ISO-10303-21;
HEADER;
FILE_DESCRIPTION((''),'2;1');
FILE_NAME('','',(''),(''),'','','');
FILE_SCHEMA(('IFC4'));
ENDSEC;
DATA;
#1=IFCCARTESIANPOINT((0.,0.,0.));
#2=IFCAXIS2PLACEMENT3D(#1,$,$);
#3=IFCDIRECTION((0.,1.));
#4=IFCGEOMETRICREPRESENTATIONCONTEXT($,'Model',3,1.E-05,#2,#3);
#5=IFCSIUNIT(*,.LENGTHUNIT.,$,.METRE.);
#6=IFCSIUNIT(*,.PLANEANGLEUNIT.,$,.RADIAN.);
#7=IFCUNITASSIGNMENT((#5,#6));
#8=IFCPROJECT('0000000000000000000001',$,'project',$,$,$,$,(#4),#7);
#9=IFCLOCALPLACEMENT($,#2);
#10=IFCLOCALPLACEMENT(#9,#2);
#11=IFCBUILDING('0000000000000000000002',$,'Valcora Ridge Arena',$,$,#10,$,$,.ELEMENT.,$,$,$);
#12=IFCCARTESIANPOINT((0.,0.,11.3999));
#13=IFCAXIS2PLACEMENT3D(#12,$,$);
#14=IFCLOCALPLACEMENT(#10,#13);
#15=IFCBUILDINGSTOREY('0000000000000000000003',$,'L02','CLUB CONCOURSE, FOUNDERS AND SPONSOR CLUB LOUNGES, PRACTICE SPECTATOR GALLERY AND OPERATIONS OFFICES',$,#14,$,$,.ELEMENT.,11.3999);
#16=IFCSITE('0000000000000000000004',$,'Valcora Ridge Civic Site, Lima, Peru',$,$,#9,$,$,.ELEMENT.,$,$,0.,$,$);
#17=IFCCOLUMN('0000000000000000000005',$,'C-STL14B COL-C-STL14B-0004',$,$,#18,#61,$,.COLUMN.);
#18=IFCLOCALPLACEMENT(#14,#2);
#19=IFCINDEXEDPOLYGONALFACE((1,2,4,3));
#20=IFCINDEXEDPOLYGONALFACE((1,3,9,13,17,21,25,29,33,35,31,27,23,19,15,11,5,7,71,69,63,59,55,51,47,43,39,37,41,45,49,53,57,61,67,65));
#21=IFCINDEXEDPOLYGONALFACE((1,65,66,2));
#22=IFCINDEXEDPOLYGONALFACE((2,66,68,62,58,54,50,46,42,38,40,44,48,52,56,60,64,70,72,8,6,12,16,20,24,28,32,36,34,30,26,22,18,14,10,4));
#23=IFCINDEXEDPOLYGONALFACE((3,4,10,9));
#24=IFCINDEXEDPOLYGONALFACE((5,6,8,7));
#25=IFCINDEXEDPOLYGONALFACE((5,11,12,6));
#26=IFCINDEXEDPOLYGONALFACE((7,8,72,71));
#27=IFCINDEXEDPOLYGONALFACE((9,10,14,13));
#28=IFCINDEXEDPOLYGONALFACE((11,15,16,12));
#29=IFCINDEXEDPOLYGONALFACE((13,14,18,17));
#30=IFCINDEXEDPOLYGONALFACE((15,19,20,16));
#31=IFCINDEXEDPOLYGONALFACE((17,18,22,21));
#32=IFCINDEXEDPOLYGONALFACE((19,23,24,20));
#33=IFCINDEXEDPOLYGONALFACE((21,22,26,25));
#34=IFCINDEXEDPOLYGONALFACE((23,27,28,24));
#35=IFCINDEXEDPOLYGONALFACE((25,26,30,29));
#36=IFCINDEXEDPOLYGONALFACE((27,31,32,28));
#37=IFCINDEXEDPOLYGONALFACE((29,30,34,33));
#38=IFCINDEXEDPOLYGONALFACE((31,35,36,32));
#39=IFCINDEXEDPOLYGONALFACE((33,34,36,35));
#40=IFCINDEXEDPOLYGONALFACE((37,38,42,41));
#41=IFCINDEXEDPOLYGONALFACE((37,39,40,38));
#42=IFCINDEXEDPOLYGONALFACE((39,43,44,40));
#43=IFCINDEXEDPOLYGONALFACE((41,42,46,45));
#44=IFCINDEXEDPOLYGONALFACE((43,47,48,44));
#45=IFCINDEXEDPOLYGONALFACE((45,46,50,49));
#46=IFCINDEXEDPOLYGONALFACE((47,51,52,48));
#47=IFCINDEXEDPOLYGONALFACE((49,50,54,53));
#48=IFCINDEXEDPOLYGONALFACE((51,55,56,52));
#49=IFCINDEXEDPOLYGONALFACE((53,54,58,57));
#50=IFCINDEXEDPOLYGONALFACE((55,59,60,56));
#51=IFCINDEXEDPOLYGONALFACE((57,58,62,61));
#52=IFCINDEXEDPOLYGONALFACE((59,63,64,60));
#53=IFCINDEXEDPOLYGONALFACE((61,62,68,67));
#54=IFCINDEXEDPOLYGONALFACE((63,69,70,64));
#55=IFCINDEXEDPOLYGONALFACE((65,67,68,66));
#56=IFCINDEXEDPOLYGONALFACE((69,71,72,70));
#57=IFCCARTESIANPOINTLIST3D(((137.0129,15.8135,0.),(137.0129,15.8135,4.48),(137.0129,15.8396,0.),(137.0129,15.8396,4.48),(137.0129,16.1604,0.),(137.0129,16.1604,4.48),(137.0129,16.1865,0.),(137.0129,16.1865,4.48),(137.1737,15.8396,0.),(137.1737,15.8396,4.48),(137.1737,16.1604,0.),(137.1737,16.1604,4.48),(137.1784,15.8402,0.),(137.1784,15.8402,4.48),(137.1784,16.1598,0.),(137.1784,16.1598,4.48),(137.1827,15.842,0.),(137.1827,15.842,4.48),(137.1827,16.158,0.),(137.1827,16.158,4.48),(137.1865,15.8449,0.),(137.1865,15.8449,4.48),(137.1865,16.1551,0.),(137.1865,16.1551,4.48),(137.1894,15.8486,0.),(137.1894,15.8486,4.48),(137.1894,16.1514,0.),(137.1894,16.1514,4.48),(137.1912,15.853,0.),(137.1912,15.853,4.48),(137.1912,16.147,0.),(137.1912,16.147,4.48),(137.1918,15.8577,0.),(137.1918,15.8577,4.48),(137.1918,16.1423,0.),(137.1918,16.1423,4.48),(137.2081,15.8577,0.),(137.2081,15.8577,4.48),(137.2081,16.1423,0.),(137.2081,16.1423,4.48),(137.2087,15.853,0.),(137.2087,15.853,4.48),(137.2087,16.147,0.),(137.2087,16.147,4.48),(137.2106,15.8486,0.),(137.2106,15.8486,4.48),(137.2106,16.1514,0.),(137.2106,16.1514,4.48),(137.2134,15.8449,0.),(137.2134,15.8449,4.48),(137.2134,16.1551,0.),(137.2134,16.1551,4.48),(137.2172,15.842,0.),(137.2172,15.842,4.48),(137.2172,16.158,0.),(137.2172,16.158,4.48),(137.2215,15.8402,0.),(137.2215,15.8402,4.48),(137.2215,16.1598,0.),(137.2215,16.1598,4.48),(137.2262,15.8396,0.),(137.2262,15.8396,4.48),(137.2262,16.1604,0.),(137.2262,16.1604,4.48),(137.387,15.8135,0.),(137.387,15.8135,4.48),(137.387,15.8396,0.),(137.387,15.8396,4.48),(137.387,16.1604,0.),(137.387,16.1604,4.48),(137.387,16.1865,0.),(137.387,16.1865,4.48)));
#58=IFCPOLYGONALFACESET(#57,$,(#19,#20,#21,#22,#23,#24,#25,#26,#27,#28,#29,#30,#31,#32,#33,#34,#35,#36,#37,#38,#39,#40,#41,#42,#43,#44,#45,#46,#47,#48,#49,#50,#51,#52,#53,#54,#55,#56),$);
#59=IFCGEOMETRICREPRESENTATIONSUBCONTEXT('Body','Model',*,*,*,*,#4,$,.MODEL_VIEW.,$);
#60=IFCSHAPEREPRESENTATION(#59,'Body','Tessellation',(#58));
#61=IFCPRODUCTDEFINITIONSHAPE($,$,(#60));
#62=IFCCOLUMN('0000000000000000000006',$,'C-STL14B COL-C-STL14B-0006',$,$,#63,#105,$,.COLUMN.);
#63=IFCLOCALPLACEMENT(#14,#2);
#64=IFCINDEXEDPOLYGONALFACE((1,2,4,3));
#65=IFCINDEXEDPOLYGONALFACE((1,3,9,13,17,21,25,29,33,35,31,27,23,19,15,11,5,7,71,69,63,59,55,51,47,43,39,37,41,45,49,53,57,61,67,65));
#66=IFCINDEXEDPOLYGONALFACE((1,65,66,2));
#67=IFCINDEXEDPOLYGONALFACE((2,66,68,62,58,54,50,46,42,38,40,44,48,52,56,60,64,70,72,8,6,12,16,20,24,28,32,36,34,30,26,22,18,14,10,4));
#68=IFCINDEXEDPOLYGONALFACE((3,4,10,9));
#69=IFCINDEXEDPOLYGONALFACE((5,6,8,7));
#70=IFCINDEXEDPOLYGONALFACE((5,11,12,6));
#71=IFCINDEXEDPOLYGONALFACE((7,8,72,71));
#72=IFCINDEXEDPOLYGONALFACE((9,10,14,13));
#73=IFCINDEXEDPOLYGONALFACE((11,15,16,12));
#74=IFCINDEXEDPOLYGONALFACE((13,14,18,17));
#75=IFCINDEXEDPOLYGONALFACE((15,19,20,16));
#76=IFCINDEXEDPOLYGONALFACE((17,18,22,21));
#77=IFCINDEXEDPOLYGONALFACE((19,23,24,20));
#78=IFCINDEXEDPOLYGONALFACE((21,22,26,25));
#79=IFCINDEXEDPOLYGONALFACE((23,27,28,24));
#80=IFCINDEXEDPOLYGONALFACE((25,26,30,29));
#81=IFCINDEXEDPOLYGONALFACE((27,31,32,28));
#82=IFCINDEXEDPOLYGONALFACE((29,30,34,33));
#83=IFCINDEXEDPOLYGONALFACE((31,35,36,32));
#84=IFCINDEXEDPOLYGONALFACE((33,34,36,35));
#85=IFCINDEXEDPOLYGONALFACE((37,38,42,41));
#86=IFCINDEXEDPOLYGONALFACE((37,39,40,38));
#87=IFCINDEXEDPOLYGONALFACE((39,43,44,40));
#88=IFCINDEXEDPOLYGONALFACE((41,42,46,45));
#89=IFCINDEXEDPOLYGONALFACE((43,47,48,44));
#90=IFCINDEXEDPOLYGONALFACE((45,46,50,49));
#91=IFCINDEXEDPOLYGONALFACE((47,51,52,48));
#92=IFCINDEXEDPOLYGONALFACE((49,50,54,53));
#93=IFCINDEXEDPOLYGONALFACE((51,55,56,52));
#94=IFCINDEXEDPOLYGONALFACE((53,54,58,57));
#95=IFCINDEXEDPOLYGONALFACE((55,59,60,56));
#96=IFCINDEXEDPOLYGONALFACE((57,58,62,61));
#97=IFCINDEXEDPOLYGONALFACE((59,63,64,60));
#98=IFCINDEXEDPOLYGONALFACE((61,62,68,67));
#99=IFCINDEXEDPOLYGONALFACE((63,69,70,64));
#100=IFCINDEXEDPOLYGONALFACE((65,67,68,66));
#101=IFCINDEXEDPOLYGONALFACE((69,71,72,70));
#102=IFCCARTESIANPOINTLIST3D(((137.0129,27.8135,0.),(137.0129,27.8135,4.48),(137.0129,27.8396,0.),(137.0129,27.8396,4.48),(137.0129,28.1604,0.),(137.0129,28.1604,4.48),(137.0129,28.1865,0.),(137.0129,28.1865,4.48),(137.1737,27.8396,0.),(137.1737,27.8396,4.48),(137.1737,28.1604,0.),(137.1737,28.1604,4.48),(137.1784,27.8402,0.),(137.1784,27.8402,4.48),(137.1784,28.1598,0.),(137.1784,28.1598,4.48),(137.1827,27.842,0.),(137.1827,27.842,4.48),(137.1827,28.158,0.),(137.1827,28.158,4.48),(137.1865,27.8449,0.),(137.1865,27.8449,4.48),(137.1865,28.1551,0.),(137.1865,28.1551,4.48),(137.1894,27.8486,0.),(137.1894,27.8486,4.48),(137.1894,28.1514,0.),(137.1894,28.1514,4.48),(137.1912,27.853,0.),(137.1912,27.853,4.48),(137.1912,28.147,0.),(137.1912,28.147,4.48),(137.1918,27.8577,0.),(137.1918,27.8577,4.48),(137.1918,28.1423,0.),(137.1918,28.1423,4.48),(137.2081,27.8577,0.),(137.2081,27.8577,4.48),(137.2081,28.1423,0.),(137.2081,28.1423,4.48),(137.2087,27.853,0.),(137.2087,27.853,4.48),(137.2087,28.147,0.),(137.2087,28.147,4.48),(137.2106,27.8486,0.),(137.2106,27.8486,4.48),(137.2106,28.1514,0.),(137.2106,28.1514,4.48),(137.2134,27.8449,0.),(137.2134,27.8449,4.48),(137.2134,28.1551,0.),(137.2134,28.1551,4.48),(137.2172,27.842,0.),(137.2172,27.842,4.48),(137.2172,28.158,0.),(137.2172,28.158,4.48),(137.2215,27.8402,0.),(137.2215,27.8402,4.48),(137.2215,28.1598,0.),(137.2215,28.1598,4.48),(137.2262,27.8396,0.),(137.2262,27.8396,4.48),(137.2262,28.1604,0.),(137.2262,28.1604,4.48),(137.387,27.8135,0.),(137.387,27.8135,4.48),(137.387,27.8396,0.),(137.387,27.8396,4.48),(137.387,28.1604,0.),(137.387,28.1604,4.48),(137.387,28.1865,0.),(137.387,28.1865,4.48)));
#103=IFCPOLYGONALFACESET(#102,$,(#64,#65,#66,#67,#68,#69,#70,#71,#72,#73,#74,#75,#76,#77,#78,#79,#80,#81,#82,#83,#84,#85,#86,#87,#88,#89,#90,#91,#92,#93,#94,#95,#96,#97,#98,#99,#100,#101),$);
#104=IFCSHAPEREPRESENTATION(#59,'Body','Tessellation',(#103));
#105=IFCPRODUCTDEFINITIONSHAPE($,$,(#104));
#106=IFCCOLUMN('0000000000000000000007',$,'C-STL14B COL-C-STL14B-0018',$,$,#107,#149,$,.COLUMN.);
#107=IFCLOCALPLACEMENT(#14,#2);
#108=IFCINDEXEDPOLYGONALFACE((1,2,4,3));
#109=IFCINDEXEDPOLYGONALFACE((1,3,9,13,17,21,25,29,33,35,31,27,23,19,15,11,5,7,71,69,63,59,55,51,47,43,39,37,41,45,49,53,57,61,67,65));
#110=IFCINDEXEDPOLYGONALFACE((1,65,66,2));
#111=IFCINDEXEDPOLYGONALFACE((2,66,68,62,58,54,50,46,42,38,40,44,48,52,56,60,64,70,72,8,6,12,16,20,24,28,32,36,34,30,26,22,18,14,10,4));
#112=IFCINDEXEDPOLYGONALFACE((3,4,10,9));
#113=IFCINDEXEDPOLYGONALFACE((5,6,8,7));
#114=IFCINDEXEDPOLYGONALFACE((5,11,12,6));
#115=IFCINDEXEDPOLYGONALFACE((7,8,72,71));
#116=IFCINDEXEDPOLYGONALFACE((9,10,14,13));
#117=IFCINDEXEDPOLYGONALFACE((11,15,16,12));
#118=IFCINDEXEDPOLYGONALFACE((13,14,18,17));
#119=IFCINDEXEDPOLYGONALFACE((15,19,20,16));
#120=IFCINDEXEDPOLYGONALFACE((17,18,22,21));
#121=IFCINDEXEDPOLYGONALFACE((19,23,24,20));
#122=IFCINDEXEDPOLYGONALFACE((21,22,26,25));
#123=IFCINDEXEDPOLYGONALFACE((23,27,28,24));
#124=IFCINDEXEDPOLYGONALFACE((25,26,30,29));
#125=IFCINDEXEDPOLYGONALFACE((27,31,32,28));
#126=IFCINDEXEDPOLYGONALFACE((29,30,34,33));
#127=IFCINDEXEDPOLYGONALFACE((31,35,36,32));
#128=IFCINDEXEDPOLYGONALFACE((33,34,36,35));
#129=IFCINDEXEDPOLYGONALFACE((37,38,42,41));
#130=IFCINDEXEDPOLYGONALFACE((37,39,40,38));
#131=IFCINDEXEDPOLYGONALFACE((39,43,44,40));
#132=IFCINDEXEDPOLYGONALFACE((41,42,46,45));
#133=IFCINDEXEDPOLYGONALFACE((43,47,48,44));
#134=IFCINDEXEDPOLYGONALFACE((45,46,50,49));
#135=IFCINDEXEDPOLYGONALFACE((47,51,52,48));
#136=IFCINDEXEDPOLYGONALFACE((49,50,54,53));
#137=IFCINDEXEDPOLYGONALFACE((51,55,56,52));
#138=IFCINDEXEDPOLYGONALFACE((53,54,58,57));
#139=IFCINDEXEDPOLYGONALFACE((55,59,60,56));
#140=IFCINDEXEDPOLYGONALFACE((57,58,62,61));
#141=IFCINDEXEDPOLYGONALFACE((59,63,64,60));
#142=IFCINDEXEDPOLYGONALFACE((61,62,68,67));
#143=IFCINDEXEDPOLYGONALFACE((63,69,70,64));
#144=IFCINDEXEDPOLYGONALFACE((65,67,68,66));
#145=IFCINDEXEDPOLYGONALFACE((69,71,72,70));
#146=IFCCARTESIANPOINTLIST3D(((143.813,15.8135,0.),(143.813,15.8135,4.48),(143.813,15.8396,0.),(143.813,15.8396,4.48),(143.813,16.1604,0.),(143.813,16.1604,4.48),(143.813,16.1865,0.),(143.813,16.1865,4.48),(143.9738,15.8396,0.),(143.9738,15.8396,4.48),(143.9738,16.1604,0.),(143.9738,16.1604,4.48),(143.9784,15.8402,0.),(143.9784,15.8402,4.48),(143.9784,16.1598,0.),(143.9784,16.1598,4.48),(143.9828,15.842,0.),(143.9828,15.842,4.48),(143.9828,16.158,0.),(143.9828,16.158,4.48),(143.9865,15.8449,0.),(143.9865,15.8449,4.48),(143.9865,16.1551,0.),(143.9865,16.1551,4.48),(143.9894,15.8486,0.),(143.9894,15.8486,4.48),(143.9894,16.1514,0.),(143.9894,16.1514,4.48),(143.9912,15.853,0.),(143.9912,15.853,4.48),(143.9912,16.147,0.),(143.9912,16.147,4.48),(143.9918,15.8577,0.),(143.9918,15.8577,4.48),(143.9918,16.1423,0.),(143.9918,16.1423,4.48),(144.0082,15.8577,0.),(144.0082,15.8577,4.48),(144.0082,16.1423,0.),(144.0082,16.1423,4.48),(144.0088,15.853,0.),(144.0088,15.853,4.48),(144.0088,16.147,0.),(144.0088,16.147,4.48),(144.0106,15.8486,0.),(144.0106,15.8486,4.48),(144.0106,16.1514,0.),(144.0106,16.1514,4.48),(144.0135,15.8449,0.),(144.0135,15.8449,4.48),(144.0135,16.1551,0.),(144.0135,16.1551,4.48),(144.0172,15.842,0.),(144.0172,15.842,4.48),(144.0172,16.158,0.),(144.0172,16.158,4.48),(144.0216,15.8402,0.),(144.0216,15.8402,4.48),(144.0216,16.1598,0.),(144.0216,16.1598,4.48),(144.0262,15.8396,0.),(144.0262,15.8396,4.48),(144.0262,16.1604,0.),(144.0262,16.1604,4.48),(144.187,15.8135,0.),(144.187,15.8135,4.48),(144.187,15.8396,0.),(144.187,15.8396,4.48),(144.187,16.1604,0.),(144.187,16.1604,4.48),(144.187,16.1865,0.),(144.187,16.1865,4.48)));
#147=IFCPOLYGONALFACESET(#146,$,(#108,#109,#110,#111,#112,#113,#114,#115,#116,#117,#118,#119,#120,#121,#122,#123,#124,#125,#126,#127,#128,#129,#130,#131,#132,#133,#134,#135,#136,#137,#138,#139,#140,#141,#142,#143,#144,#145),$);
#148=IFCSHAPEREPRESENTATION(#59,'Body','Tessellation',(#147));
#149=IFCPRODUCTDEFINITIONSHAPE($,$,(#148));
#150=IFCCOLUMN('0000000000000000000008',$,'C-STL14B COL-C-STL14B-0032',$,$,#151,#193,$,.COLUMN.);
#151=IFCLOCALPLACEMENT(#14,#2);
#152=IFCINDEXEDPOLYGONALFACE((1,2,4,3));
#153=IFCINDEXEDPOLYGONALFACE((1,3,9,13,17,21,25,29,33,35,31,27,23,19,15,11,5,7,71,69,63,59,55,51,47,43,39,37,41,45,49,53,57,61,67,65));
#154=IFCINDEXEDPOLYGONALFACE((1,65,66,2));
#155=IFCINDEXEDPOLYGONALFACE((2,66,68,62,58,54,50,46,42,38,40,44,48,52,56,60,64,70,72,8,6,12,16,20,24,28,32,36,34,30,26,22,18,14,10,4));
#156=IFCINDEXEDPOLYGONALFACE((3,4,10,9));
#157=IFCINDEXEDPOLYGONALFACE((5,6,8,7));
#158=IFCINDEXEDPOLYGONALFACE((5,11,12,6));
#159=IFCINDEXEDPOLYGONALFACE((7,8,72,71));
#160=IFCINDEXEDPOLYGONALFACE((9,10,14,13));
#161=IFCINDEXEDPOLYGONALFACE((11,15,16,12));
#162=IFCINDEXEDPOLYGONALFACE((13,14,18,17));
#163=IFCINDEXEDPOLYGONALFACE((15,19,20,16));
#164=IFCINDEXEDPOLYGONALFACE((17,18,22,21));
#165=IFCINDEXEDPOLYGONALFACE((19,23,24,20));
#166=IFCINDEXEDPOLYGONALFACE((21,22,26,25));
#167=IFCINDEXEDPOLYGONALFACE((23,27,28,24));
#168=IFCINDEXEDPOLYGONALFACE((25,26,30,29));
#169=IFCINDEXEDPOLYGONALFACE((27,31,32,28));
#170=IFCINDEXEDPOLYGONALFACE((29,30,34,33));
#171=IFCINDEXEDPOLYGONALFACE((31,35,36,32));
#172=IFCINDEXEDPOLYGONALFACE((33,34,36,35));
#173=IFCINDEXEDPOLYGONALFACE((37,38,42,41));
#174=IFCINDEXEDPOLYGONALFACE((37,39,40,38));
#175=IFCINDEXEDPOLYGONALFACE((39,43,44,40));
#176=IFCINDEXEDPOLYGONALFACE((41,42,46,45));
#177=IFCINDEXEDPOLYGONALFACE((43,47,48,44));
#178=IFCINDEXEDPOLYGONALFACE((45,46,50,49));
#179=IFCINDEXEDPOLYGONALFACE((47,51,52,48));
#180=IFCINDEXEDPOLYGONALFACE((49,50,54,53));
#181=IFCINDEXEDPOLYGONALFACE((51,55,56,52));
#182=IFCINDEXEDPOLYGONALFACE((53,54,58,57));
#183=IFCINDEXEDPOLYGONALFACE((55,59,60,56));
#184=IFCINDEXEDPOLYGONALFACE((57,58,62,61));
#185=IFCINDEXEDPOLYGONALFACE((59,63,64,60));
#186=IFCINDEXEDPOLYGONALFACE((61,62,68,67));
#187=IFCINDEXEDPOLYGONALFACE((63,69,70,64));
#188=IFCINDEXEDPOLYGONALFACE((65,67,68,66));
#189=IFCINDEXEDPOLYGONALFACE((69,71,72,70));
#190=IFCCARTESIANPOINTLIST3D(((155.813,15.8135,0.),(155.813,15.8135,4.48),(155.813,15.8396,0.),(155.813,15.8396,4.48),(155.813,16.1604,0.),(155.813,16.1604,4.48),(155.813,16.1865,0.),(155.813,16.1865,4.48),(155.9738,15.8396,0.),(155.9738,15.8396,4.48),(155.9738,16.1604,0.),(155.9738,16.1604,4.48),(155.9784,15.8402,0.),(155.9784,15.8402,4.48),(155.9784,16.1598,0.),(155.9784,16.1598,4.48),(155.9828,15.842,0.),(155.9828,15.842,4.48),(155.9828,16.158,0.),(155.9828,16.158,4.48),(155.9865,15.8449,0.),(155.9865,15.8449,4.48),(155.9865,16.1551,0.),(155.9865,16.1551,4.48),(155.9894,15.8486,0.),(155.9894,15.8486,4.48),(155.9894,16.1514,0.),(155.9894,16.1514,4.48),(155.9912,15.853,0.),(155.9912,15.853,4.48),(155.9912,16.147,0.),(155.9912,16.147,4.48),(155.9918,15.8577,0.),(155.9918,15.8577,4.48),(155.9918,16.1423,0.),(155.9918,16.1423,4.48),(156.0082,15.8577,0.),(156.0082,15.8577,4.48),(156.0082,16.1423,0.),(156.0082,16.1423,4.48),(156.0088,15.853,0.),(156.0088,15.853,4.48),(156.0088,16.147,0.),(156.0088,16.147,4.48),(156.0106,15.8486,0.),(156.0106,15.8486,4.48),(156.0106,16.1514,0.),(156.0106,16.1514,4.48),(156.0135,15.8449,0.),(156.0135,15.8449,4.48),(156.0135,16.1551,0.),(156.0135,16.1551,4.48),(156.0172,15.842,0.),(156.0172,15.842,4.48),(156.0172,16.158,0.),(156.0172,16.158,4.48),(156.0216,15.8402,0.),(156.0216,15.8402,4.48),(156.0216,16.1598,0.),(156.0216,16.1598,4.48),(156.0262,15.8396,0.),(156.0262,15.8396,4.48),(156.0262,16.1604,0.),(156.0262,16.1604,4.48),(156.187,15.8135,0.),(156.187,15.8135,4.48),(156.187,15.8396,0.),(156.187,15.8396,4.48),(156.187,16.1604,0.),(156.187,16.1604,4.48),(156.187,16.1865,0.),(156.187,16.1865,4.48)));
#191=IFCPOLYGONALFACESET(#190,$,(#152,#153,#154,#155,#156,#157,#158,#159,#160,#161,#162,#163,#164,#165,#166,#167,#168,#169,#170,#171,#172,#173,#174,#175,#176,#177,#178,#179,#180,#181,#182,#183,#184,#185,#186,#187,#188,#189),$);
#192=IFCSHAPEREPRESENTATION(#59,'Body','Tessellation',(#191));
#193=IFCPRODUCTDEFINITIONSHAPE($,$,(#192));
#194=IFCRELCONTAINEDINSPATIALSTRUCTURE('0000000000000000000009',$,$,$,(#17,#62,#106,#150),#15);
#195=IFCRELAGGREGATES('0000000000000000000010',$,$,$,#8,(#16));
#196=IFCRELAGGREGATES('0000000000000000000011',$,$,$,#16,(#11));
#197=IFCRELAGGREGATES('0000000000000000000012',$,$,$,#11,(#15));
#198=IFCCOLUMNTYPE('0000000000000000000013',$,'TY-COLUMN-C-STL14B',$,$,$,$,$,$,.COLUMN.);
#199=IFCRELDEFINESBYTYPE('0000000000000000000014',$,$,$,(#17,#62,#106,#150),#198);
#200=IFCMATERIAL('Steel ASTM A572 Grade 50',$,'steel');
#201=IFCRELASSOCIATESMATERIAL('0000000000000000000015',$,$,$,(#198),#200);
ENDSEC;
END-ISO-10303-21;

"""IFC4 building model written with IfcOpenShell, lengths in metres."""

from ifc_helpers import new_model, si_unit, direction, frame, origin, origin_2d, place, context, subcontext, project, spatial, i_section, extrude, material, material_profile, profile_set, type_object, element, save


model = new_model("IFC4")

# Units and contexts
model_context = context("Model", 3, precision=1e-05, world=origin(), true_north=direction((0.0, 1.0)))
body_context = subcontext(model_context, "Body", "Model", "MODEL_VIEW")
ifc_project = project(units=[si_unit("LENGTHUNIT", "METRE"), si_unit("PLANEANGLEUNIT", "RADIAN")], contexts=[model_context])

# Site, building, storey
site_placement = place(None, origin())
site = spatial("IfcSite", under=ifc_project, at=site_placement, Name="Valcora Ridge Civic Site, Lima, Peru", CompositionType="ELEMENT", RefElevation=0.0)
building_placement = place(site_placement, origin())
building = spatial("IfcBuilding", under=site, at=building_placement, Name="Valcora Ridge Arena", CompositionType="ELEMENT")
storey_placement = place(building_placement, frame((0.0, 0.0, 11.3999)))
storey = spatial("IfcBuildingStorey", under=building, at=storey_placement, Name="L02", Description="CLUB CONCOURSE, FOUNDERS AND SPONSOR CLUB LOUNGES, PRACTICE SPECTATOR GALLERY AND OPERATIONS OFFICES", CompositionType="ELEMENT", Elevation=11.3999)

# Columns
ifc_material_1 = material(Name="Steel ASTM A572 Grade 50", Category="steel")
ifc_material_profile_1 = material_profile(ifc_material_1, i_section(OverallWidth=0.374, OverallDepth=0.373, WebThickness=0.0164, FlangeThickness=0.0261, FilletRadius=0.0181, at=origin_2d()), Name="W14X132")
ifc_profile_set_1 = profile_set([ifc_material_profile_1], Name="Steel ASTM A572 Grade 50")
column_type = type_object("IfcColumnType", Name="TY-COLUMN-C-STL14B", PredefinedType="COLUMN", material=ifc_profile_set_1)
for number, where, z_axis, x_axis, name in (
    (1, (137.2, 16.0, 0.0), (0.0, 0.0, 1.0), (1.0, 0.0, 0.0), "C-STL14B COL-C-STL14B-0004"),
    (2, (137.2, 28.0, 0.0), (0.0, 0.0, 1.0), (1.0, 0.0, 0.0), "C-STL14B COL-C-STL14B-0006"),
    (3, (144.0, 16.0, 0.0), (0.0, 0.0, 1.0), (1.0, 0.0, 0.0), "C-STL14B COL-C-STL14B-0018"),
    (4, (156.0, 16.0, 0.0), (0.0, 0.0, 1.0), (1.0, 0.0, 0.0), "C-STL14B COL-C-STL14B-0032"),
):
    element("IfcColumn", number, at=place(storey_placement, frame(where, z_axis=z_axis, x_axis=x_axis)), inside=storey, type_object=column_type, Name=name, PredefinedType="COLUMN", context=body_context, shape_type="SweptSolid", body=[
        extrude(i_section(OverallWidth=0.374, OverallDepth=0.373, WebThickness=0.0164, FlangeThickness=0.0261, FilletRadius=0.0181, at=origin_2d()), origin(), (0.0, 0.0, 1.0), 4.48),
    ])

save(model, "model.ifc")
